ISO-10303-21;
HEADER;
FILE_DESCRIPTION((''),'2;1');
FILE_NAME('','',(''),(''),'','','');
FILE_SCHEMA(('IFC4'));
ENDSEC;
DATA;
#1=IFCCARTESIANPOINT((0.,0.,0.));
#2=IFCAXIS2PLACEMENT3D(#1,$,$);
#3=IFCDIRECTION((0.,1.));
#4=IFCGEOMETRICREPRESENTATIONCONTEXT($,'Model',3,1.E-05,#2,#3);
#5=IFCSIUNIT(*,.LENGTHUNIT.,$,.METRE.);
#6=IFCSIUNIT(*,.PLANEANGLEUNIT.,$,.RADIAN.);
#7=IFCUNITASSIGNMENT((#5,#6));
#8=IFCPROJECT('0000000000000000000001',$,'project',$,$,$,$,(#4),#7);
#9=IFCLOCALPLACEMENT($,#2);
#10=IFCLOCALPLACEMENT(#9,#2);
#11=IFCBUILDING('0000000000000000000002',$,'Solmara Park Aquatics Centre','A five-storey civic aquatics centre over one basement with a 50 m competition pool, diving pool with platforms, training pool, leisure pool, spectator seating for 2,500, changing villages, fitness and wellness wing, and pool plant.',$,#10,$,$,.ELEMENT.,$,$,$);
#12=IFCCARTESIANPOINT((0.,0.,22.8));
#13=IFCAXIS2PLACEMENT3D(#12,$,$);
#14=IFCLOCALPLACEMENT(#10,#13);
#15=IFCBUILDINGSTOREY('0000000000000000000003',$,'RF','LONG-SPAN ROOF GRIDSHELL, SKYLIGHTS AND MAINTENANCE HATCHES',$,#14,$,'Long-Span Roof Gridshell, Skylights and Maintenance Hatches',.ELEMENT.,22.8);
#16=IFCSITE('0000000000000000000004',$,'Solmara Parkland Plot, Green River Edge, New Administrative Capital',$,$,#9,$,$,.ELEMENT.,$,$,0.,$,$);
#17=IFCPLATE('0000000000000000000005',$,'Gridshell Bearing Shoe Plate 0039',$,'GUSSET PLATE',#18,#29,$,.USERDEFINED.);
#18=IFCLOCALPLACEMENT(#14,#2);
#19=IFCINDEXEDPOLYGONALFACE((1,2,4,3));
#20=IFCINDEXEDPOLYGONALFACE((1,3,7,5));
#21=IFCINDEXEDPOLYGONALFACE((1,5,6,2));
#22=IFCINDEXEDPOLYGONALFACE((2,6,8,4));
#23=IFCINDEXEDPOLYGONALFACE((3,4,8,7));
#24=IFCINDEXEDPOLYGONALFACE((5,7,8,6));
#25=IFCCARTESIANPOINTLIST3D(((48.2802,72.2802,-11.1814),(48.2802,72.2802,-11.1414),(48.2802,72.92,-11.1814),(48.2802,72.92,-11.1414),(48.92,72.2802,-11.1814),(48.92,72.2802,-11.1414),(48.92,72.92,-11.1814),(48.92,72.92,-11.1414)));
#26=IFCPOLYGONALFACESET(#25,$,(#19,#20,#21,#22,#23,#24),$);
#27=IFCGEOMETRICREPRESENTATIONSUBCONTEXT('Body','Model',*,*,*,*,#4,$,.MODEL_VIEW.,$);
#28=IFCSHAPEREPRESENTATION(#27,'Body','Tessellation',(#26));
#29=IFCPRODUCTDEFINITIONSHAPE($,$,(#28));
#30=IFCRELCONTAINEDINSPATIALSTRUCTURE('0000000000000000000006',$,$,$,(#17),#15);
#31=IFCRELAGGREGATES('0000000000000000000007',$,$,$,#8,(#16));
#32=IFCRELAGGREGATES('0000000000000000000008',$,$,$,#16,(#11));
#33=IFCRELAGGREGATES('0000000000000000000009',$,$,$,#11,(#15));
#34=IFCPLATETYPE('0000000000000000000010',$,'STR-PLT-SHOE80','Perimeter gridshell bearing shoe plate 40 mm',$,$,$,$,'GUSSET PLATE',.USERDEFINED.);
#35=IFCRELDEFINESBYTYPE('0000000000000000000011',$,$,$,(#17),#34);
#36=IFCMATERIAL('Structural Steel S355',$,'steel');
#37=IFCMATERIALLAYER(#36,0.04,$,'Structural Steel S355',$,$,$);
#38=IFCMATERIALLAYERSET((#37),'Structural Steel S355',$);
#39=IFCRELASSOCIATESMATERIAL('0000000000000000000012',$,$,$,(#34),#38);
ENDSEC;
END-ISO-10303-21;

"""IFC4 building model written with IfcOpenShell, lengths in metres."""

from ifc_helpers import new_model, si_unit, direction, frame, origin, origin_2d, place, context, subcontext, project, spatial, rectangle, extrude, material, layer, layer_set, type_object, element, save


model = new_model("IFC4")

# Units and contexts
model_context = context("Model", 3, precision=1e-05, world=origin(), true_north=direction((0.0, 1.0)))
body_context = subcontext(model_context, "Body", "Model", "MODEL_VIEW")
ifc_project = project(units=[si_unit("LENGTHUNIT", "METRE"), si_unit("PLANEANGLEUNIT", "RADIAN")], contexts=[model_context])

# Site, building, storey
site_placement = place(None, origin())
site = spatial("IfcSite", under=ifc_project, at=site_placement, Name="Solmara Parkland Plot, Green River Edge, New Administrative Capital", CompositionType="ELEMENT", RefElevation=0.0)
building_placement = place(site_placement, origin())
building = spatial("IfcBuilding", under=site, at=building_placement, Name="Solmara Park Aquatics Centre", Description="A five-storey civic aquatics centre over one basement with a 50 m competition pool, diving pool with platforms, training pool, leisure pool, spectator seating for 2,500, changing villages, fitness and wellness wing, and pool plant.", CompositionType="ELEMENT")
storey_placement = place(building_placement, frame((0.0, 0.0, 22.8)))
storey = spatial("IfcBuildingStorey", under=building, at=storey_placement, Name="RF", Description="LONG-SPAN ROOF GRIDSHELL, SKYLIGHTS AND MAINTENANCE HATCHES", LongName="Long-Span Roof Gridshell, Skylights and Maintenance Hatches", CompositionType="ELEMENT", Elevation=22.8)

# Shared definitions
ifc_material_1 = material(Name="Structural Steel S355", Category="steel")

# Plate
ifc_layer = layer(ifc_material_1, 0.04, Name="Structural Steel S355")
ifc_layer_set = layer_set([ifc_layer], Name="Structural Steel S355")
plate_type = type_object("IfcPlateType", Name="STR-PLT-SHOE80", Description="Perimeter gridshell bearing shoe plate 40 mm", ElementType="GUSSET PLATE", PredefinedType="USERDEFINED", material=ifc_layer_set)
plate_placement = place(storey_placement, frame((48.6001, 72.6001, -11.1814), z_axis=(0.0, 0.0, 1.0), x_axis=(1.0, 0.0, 0.0)))
element("IfcPlate", 1, at=plate_placement, inside=storey, type_object=plate_type, Name="Gridshell Bearing Shoe Plate 0039", ObjectType="GUSSET PLATE", PredefinedType="USERDEFINED", context=body_context, shape_type="SweptSolid", body=[
    extrude(rectangle(XDim=0.6399, YDim=0.6399, at=origin_2d()), origin(), (0.0, 0.0, 1.0), 0.04),
])

save(model, "model.ifc")
